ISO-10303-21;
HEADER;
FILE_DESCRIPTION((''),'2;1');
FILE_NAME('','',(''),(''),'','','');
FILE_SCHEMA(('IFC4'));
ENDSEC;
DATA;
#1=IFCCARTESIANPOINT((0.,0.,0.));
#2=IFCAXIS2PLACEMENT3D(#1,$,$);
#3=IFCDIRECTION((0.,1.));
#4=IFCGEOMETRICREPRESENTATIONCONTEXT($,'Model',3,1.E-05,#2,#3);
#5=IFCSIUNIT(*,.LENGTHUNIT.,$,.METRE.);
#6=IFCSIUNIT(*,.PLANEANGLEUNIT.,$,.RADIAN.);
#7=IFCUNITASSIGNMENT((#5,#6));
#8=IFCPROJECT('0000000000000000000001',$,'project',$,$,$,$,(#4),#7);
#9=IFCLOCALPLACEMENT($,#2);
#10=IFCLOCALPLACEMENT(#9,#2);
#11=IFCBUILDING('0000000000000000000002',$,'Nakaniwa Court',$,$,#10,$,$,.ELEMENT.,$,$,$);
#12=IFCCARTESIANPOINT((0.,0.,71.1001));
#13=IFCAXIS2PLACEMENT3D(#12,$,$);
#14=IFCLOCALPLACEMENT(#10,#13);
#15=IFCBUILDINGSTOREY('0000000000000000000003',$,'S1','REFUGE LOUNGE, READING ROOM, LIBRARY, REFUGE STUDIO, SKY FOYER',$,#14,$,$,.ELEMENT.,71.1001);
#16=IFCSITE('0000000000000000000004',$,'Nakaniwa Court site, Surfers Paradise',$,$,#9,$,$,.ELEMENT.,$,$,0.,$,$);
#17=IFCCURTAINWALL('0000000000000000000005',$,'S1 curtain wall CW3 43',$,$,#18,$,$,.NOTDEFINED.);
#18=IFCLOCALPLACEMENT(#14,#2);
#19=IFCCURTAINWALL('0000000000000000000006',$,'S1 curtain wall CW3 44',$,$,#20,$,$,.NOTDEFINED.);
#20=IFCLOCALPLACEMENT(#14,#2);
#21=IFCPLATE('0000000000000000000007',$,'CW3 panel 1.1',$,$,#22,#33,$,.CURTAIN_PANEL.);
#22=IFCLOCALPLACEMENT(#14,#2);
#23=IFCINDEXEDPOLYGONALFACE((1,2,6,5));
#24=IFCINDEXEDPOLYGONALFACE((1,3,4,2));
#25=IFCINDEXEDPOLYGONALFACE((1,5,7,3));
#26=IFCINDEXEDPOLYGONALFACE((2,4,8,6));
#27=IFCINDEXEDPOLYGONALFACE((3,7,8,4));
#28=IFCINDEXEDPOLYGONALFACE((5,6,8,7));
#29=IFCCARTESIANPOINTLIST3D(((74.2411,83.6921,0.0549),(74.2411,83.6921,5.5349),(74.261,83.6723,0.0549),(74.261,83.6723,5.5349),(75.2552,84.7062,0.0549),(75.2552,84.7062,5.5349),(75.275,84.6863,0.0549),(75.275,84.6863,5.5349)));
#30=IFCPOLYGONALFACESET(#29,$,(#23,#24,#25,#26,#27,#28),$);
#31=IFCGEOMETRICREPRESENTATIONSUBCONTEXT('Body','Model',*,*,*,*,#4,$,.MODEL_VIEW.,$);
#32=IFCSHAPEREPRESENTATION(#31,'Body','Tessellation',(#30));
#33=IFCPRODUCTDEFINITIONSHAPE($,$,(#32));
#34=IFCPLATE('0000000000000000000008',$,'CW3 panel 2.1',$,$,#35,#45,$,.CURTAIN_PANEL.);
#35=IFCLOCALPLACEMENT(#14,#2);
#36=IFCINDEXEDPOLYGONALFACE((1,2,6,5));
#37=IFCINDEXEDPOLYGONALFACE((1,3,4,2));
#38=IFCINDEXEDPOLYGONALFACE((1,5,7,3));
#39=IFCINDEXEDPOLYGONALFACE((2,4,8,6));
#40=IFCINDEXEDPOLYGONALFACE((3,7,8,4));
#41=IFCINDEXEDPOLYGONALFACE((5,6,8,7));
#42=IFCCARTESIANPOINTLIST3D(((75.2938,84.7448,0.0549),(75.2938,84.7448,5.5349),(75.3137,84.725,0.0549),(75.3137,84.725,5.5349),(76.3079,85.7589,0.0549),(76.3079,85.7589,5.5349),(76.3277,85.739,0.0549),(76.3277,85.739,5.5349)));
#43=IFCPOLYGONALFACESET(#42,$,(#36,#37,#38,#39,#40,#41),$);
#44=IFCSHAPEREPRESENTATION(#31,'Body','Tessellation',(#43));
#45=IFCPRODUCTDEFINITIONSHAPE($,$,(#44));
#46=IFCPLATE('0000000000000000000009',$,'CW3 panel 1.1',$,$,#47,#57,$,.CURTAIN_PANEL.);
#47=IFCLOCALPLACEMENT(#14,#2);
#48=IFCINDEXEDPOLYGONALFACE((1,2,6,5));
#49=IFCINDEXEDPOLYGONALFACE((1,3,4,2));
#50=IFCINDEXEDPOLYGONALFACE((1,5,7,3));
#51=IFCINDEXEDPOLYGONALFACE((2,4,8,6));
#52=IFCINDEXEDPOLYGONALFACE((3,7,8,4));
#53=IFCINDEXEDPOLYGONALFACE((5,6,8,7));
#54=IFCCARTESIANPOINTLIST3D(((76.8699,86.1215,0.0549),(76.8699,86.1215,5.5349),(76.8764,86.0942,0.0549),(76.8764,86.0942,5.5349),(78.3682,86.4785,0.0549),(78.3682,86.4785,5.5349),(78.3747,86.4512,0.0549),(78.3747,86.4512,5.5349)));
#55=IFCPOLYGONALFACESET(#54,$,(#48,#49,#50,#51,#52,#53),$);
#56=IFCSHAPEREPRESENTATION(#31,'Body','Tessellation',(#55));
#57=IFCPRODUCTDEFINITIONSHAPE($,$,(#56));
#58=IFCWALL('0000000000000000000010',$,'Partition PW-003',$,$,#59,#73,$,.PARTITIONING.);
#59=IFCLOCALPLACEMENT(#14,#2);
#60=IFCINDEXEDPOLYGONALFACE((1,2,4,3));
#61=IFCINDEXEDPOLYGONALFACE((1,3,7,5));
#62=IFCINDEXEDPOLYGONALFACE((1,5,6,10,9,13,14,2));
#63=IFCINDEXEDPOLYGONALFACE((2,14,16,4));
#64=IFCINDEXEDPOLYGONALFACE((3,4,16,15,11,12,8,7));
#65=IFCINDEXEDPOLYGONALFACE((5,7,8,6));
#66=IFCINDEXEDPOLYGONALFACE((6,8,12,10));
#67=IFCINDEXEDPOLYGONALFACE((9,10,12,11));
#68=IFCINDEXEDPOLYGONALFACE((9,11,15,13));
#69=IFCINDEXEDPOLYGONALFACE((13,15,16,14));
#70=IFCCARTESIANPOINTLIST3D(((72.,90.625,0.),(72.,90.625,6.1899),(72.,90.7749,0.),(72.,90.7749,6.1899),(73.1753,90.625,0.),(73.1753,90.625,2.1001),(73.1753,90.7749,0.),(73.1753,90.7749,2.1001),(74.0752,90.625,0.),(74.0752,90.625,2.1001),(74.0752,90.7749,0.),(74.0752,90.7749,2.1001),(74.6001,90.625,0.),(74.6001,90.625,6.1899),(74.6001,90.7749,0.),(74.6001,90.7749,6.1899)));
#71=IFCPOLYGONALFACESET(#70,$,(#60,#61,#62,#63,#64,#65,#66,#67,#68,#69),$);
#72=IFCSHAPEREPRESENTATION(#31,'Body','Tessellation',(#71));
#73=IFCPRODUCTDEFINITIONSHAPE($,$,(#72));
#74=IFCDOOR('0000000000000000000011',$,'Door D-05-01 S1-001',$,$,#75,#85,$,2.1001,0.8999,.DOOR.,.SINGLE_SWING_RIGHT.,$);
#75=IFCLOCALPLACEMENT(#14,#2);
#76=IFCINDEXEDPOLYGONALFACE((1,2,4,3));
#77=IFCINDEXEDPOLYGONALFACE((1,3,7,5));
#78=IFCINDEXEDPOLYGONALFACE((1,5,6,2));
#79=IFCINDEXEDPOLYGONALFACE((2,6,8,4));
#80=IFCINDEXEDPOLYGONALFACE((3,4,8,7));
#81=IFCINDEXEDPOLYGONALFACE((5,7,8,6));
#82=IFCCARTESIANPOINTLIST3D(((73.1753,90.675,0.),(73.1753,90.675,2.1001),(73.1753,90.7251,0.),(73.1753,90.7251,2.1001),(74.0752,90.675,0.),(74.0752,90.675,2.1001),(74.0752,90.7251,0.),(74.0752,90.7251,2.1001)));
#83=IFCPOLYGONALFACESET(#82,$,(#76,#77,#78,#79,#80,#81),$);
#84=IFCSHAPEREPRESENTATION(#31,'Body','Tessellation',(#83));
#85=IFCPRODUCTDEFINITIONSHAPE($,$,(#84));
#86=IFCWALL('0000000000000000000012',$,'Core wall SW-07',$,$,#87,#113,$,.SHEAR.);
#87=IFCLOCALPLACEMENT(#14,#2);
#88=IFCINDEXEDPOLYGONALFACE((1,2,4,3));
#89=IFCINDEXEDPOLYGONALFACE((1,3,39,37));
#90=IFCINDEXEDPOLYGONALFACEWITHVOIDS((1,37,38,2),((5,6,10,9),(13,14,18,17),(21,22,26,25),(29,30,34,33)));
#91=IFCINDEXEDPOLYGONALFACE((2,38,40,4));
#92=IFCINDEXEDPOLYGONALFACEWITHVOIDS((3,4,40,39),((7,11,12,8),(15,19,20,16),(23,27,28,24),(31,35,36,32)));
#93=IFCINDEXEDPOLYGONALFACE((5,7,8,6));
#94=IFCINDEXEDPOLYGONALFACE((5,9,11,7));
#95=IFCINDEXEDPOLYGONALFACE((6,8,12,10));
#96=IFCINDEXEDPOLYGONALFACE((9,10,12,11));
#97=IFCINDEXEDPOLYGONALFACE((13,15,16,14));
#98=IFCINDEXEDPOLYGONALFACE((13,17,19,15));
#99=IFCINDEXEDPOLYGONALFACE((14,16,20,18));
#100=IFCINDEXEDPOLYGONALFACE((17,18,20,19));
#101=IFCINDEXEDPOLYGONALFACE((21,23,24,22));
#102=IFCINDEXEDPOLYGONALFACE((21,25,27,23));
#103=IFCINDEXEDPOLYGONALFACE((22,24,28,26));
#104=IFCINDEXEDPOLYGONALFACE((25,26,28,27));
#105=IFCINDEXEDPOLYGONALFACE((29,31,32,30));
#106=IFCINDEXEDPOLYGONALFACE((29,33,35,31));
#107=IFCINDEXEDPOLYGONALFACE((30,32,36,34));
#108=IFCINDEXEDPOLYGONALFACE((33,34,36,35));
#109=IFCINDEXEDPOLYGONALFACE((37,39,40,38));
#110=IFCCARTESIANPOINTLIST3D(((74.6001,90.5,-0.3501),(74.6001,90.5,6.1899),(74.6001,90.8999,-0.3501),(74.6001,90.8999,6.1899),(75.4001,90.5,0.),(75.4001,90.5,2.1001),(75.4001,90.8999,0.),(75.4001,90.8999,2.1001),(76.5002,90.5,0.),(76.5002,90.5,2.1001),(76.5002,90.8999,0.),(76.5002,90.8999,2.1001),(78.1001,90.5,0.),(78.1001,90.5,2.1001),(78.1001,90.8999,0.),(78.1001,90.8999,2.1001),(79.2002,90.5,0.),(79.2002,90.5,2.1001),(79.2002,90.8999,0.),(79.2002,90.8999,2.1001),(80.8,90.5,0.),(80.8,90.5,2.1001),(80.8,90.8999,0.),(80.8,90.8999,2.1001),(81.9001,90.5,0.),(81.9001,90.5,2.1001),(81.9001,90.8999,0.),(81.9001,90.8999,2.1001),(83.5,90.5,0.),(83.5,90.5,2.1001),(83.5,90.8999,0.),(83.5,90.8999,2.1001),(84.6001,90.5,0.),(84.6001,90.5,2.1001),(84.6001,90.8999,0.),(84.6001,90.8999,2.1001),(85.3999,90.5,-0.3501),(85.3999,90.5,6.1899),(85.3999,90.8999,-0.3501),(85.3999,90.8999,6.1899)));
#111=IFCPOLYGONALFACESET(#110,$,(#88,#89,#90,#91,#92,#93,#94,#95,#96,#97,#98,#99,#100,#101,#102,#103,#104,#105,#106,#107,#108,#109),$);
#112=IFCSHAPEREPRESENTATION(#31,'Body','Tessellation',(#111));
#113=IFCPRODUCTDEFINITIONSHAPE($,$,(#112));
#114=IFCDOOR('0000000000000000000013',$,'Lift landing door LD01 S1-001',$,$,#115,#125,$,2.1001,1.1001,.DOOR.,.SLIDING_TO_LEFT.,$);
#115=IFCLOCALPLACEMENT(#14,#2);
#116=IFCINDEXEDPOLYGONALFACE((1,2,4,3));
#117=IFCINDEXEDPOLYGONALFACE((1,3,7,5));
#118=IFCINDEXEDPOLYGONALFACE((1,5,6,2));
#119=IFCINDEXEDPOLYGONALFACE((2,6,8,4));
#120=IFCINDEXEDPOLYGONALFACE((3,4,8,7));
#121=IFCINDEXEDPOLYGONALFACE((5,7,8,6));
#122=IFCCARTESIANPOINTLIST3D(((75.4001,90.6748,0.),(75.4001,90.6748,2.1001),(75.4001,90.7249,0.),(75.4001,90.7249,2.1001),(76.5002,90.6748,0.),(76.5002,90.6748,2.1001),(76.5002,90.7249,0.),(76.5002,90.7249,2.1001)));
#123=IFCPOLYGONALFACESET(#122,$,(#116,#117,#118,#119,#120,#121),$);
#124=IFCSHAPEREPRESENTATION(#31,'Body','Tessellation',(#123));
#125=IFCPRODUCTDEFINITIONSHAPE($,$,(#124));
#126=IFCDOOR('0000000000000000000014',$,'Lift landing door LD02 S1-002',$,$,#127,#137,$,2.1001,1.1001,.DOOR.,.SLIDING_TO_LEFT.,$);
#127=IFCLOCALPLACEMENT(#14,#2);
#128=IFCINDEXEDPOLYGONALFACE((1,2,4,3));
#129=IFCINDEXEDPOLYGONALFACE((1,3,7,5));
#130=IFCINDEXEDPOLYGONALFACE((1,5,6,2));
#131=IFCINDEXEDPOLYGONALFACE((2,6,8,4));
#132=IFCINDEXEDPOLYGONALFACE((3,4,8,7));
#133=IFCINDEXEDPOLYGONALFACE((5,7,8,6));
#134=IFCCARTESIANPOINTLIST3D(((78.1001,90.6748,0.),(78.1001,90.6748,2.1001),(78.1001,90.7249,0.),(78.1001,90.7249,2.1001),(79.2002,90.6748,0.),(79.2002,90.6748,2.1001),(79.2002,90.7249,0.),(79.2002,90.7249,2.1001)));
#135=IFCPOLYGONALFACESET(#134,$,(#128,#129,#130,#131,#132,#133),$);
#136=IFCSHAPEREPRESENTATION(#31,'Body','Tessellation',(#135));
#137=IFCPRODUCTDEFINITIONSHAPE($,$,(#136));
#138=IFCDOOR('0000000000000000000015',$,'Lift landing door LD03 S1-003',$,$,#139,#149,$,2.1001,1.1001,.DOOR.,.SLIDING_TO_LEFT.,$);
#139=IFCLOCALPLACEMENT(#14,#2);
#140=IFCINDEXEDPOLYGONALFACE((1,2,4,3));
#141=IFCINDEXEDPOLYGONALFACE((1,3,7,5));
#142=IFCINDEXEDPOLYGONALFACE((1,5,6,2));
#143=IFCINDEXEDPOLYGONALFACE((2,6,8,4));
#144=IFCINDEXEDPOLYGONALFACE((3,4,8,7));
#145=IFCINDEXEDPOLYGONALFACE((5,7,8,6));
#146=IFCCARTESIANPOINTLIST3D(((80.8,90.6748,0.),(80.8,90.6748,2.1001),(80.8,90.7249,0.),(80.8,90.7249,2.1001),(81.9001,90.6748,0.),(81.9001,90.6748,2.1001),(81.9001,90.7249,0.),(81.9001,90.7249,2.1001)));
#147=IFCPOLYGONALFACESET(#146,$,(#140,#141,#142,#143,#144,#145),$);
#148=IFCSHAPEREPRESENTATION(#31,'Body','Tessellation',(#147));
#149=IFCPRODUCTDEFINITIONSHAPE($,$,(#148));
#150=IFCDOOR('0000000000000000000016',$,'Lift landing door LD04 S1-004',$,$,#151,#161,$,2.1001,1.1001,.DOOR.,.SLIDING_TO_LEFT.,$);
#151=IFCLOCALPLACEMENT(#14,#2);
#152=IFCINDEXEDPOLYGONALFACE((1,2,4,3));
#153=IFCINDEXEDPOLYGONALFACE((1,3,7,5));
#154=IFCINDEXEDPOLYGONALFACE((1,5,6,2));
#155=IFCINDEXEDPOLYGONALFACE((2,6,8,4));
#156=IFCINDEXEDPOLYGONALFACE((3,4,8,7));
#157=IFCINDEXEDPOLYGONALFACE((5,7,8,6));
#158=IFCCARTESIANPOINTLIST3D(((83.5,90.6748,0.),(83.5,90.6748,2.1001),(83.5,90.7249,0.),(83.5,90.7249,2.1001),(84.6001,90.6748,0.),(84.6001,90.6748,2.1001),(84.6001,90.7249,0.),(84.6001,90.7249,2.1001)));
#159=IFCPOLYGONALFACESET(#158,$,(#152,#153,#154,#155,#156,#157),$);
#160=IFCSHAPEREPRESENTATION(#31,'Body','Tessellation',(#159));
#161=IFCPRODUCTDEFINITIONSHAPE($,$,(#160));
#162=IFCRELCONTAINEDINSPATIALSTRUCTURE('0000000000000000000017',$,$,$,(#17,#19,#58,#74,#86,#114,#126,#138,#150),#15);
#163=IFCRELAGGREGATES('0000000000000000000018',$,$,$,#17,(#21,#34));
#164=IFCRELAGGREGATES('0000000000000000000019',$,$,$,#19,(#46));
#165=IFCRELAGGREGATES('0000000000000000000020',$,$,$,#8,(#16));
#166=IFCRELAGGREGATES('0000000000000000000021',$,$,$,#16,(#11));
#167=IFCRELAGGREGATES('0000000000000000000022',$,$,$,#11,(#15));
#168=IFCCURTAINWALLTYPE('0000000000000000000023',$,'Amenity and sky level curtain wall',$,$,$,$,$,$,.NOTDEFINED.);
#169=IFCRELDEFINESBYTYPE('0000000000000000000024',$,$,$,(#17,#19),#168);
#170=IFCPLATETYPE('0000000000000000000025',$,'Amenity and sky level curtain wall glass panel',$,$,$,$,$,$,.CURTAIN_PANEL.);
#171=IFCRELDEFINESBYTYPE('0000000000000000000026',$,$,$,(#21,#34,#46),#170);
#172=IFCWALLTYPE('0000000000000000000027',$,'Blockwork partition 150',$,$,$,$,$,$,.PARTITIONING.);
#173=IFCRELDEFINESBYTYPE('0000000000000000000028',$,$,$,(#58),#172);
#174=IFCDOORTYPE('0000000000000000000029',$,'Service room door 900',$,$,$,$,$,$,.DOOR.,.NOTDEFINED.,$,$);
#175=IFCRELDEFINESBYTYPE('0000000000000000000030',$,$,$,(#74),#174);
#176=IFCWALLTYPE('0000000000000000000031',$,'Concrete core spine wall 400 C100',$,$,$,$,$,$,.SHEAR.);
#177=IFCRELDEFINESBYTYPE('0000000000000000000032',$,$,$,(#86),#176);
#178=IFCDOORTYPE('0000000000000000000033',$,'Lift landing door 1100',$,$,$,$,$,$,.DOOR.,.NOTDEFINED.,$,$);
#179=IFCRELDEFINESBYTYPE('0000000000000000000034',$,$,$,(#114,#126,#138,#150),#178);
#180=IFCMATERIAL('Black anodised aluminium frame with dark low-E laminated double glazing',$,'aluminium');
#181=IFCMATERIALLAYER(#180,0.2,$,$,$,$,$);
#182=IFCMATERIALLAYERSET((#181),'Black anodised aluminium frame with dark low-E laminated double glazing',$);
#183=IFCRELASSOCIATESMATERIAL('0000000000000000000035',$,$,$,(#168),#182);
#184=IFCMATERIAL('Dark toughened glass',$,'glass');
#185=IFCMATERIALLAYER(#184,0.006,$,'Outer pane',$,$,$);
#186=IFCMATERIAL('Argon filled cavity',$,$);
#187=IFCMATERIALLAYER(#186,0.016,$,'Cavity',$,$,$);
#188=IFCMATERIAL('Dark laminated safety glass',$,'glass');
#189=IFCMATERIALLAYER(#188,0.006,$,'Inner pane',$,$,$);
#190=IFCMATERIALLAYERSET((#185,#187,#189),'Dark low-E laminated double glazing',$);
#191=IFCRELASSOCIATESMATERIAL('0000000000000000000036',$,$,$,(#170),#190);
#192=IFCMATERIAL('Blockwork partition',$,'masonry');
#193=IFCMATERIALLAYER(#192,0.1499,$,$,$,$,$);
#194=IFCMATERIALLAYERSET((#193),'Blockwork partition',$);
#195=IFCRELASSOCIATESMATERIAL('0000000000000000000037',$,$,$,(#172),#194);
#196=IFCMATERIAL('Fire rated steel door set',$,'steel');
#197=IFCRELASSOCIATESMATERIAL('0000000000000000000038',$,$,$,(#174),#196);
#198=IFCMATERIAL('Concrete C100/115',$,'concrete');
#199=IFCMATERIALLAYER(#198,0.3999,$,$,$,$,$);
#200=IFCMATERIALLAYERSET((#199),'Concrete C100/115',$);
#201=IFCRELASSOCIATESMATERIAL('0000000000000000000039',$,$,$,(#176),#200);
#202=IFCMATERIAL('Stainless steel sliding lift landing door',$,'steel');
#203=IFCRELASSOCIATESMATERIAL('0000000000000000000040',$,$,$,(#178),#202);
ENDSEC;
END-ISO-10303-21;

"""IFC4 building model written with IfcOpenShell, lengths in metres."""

from ifc_helpers import new_model, si_unit, direction, frame, frame_2d, origin, origin_2d, place, context, subcontext, project, spatial, rectangle, extrude, material, layer, layer_set, type_object, element, fill, aggregate, save


model = new_model("IFC4")

# Units and contexts
model_context = context("Model", 3, precision=1e-05, world=origin(), true_north=direction((0.0, 1.0)))
body_context = subcontext(model_context, "Body", "Model", "MODEL_VIEW")
ifc_project = project(units=[si_unit("LENGTHUNIT", "METRE"), si_unit("PLANEANGLEUNIT", "RADIAN")], contexts=[model_context])

# Site, building, storey
site_placement = place(None, origin())
site = spatial("IfcSite", under=ifc_project, at=site_placement, Name="Nakaniwa Court site, Surfers Paradise", CompositionType="ELEMENT", RefElevation=0.0)
building_placement = place(site_placement, origin())
building = spatial("IfcBuilding", under=site, at=building_placement, Name="Nakaniwa Court", CompositionType="ELEMENT")
storey_placement = place(building_placement, frame((0.0, 0.0, 71.1001)))
storey = spatial("IfcBuildingStorey", under=building, at=storey_placement, Name="S1", Description="REFUGE LOUNGE, READING ROOM, LIBRARY, REFUGE STUDIO, SKY FOYER", CompositionType="ELEMENT", Elevation=71.1001)

# Shared definitions
ifc_material_1 = material(Name="Black anodised aluminium frame with dark low-E laminated double glazing", Category="aluminium")
ifc_layer_1 = layer(ifc_material_1, 0.2)
ifc_layer_set_1 = layer_set([ifc_layer_1], Name="Black anodised aluminium frame with dark low-E laminated double glazing")
curtain_wall_type = type_object("IfcCurtainWallType", Name="Amenity and sky level curtain wall", PredefinedType="NOTDEFINED", material=ifc_layer_set_1)

# Curtain wall
curtain_wall_1_placement = place(storey_placement, origin())
curtain_wall_1 = element("IfcCurtainWall", 1, at=curtain_wall_1_placement, inside=storey, type_object=curtain_wall_type, Name="S1 curtain wall CW3 43", PredefinedType="NOTDEFINED")

# Curtain wall
curtain_wall_2_placement = place(storey_placement, origin())
curtain_wall_2 = element("IfcCurtainWall", 2, at=curtain_wall_2_placement, inside=storey, type_object=curtain_wall_type, Name="S1 curtain wall CW3 44", PredefinedType="NOTDEFINED")

# Plates
ifc_material_2 = material(Name="Dark toughened glass", Category="glass")
ifc_layer_2 = layer(ifc_material_2, 0.006, Name="Outer pane")
ifc_material_3 = material(Name="Argon filled cavity")
ifc_layer_3 = layer(ifc_material_3, 0.016, Name="Cavity")
ifc_material_4 = material(Name="Dark laminated safety glass", Category="glass")
ifc_layer_4 = layer(ifc_material_4, 0.006, Name="Inner pane")
ifc_layer_set_2 = layer_set([ifc_layer_2, ifc_layer_3, ifc_layer_4], Name="Dark low-E laminated double glazing")
plate_type = type_object("IfcPlateType", Name="Amenity and sky level curtain wall glass panel", PredefinedType="CURTAIN_PANEL", material=ifc_layer_set_2)
plate_1_placement = place(storey_placement, frame((74.7581, 84.1892, 0.0549), z_axis=(0.0, 0.0, 1.0), x_axis=(0.707107, 0.707107, 0.0)))
plate_1 = element("IfcPlate", 3, at=plate_1_placement, type_object=plate_type, Name="CW3 panel 1.1", PredefinedType="CURTAIN_PANEL", context=body_context, shape_type="SweptSolid", body=[
    extrude(rectangle(XDim=1.4341, YDim=0.0281, at=origin_2d()), origin(), (0.0, 0.0, 1.0), 5.48),
])
plate_2_placement = place(storey_placement, frame((75.8108, 85.2419, 0.0549), z_axis=(0.0, 0.0, 1.0), x_axis=(0.707107, 0.707107, 0.0)))
plate_2 = element("IfcPlate", 4, at=plate_2_placement, type_object=plate_type, Name="CW3 panel 2.1", PredefinedType="CURTAIN_PANEL", context=body_context, shape_type="SweptSolid", body=[
    extrude(rectangle(XDim=1.4341, YDim=0.0281, at=origin_2d()), origin(), (0.0, 0.0, 1.0), 5.48),
])
aggregate(curtain_wall_1, [plate_1, plate_2])
plate_3_placement = place(storey_placement, frame((77.6223, 86.2864, 0.0549), z_axis=(0.0, 0.0, 1.0), x_axis=(0.972766, 0.231791, 0.0)))
plate_3 = element("IfcPlate", 5, at=plate_3_placement, type_object=plate_type, Name="CW3 panel 1.1", PredefinedType="CURTAIN_PANEL", context=body_context, shape_type="SweptSolid", body=[
    extrude(rectangle(XDim=1.5403, YDim=0.0281, at=origin_2d()), origin(), (0.0, 0.0, 1.0), 5.48),
])
aggregate(curtain_wall_2, [plate_3])

# Wall, opening, door
ifc_material_5 = material(Name="Blockwork partition", Category="masonry")
ifc_layer_5 = layer(ifc_material_5, 0.1499)
ifc_layer_set_3 = layer_set([ifc_layer_5], Name="Blockwork partition")
wall_type_1 = type_object("IfcWallType", Name="Blockwork partition 150", PredefinedType="PARTITIONING", material=ifc_layer_set_3)
wall_1_placement = place(storey_placement, frame((74.6001, 90.7, 0.0), z_axis=(0.0, 0.0, 1.0), x_axis=(-1.0, 0.0, 0.0)))
wall_1 = element("IfcWall", 6, at=wall_1_placement, inside=storey, type_object=wall_type_1, Name="Partition PW-003", PredefinedType="PARTITIONING", context=body_context, shape_type="SweptSolid", body=[
    extrude(rectangle(XDim=2.6001, YDim=0.1499, at=frame_2d((1.3, 0.0))), origin(), (0.0, 0.0, 1.0), 6.1899),
])
opening_1_placement = place(wall_1_placement, frame((0.5249, 0.0, 0.0)))
opening_1 = element("IfcOpeningElement", 7, at=opening_1_placement, cuts=wall_1, PredefinedType="OPENING", context=body_context, shape_type="SweptSolid", body=[
    extrude(rectangle(XDim=0.8999, YDim=2.1001, at=frame_2d((0.45, 1.05))), frame((0.0, 0.085, 0.0), z_axis=(0.0, -1.0, 0.0), x_axis=(1.0, 0.0, 0.0)), (0.0, 0.0, 1.0), 0.1699),
])
ifc_material_6 = material(Name="Fire rated steel door set", Category="steel")
door_type_1 = type_object("IfcDoorType", Name="Service room door 900", OperationType="NOTDEFINED", PredefinedType="DOOR", material=ifc_material_6)
door_1_placement = place(opening_1_placement, origin())
door_1 = element("IfcDoor", 8, at=door_1_placement, inside=storey, type_object=door_type_1, Name="Door D-05-01 S1-001", OperationType="SINGLE_SWING_RIGHT", OverallHeight=2.1001, OverallWidth=0.8999, PredefinedType="DOOR", context=body_context, shape_type="SweptSolid", body=[
    extrude(rectangle(XDim=0.8999, YDim=2.1001, at=frame_2d((0.45, 1.05))), frame((0.0, 0.0249, 0.0), z_axis=(0.0, -1.0, 0.0), x_axis=(1.0, 0.0, 0.0)), (0.0, 0.0, 1.0), 0.05),
])
fill(opening_1, door_1)

# Wall, openings, doors
ifc_material_7 = material(Name="Concrete C100/115", Category="concrete")
ifc_layer_6 = layer(ifc_material_7, 0.3999)
ifc_layer_set_4 = layer_set([ifc_layer_6], Name="Concrete C100/115")
wall_type_2 = type_object("IfcWallType", Name="Concrete core spine wall 400 C100", PredefinedType="SHEAR", material=ifc_layer_set_4)
wall_2_placement = place(storey_placement, frame((74.6001, 90.7, -0.3501), z_axis=(0.0, 0.0, 1.0), x_axis=(1.0, 0.0, 0.0)))
wall_2 = element("IfcWall", 9, at=wall_2_placement, inside=storey, type_object=wall_type_2, Name="Core wall SW-07", PredefinedType="SHEAR", context=body_context, shape_type="SweptSolid", body=[
    extrude(rectangle(XDim=10.7998, YDim=0.3999, at=frame_2d((5.3999, 0.0))), origin(), (0.0, 0.0, 1.0), 6.54),
])
opening_2_placement = place(wall_2_placement, frame((0.8, 0.0, 0.3501)))
opening_2 = element("IfcOpeningElement", 10, at=opening_2_placement, cuts=wall_2, PredefinedType="OPENING", context=body_context, shape_type="SweptSolid", body=[
    extrude(rectangle(XDim=1.1001, YDim=2.1001, at=frame_2d((0.55, 1.05))), frame((0.0, 0.21, 0.0), z_axis=(0.0, -1.0, 0.0), x_axis=(1.0, 0.0, 0.0)), (0.0, 0.0, 1.0), 0.4199),
])
opening_3_placement = place(wall_2_placement, frame((3.5, 0.0, 0.3501)))
opening_3 = element("IfcOpeningElement", 11, at=opening_3_placement, cuts=wall_2, PredefinedType="OPENING", context=body_context, shape_type="SweptSolid", body=[
    extrude(rectangle(XDim=1.1001, YDim=2.1001, at=frame_2d((0.55, 1.05))), frame((0.0, 0.21, 0.0), z_axis=(0.0, -1.0, 0.0), x_axis=(1.0, 0.0, 0.0)), (0.0, 0.0, 1.0), 0.4199),
])
opening_4_placement = place(wall_2_placement, frame((6.2, 0.0, 0.3501)))
opening_4 = element("IfcOpeningElement", 12, at=opening_4_placement, cuts=wall_2, PredefinedType="OPENING", context=body_context, shape_type="SweptSolid", body=[
    extrude(rectangle(XDim=1.1001, YDim=2.1001, at=frame_2d((0.55, 1.05))), frame((0.0, 0.21, 0.0), z_axis=(0.0, -1.0, 0.0), x_axis=(1.0, 0.0, 0.0)), (0.0, 0.0, 1.0), 0.4199),
])
opening_5_placement = place(wall_2_placement, frame((8.8999, 0.0, 0.3501)))
opening_5 = element("IfcOpeningElement", 13, at=opening_5_placement, cuts=wall_2, PredefinedType="OPENING", context=body_context, shape_type="SweptSolid", body=[
    extrude(rectangle(XDim=1.1001, YDim=2.1001, at=frame_2d((0.55, 1.05))), frame((0.0, 0.21, 0.0), z_axis=(0.0, -1.0, 0.0), x_axis=(1.0, 0.0, 0.0)), (0.0, 0.0, 1.0), 0.4199),
])
ifc_material_8 = material(Name="Stainless steel sliding lift landing door", Category="steel")
door_type_2 = type_object("IfcDoorType", Name="Lift landing door 1100", OperationType="NOTDEFINED", PredefinedType="DOOR", material=ifc_material_8)
door_2_placement = place(opening_2_placement, origin())
door_2 = element("IfcDoor", 14, at=door_2_placement, inside=storey, type_object=door_type_2, Name="Lift landing door LD01 S1-001", OperationType="SLIDING_TO_LEFT", OverallHeight=2.1001, OverallWidth=1.1001, PredefinedType="DOOR", context=body_context, shape_type="SweptSolid", body=[
    extrude(rectangle(XDim=1.1001, YDim=2.1001, at=frame_2d((0.55, 1.05))), frame((0.0, 0.0249, 0.0), z_axis=(0.0, -1.0, 0.0), x_axis=(1.0, 0.0, 0.0)), (0.0, 0.0, 1.0), 0.05),
])
fill(opening_2, door_2)
door_3_placement = place(opening_3_placement, origin())
door_3 = element("IfcDoor", 15, at=door_3_placement, inside=storey, type_object=door_type_2, Name="Lift landing door LD02 S1-002", OperationType="SLIDING_TO_LEFT", OverallHeight=2.1001, OverallWidth=1.1001, PredefinedType="DOOR", context=body_context, shape_type="SweptSolid", body=[
    extrude(rectangle(XDim=1.1001, YDim=2.1001, at=frame_2d((0.55, 1.05))), frame((0.0, 0.0249, 0.0), z_axis=(0.0, -1.0, 0.0), x_axis=(1.0, 0.0, 0.0)), (0.0, 0.0, 1.0), 0.05),
])
fill(opening_3, door_3)
door_4_placement = place(opening_4_placement, origin())
door_4 = element("IfcDoor", 16, at=door_4_placement, inside=storey, type_object=door_type_2, Name="Lift landing door LD03 S1-003", OperationType="SLIDING_TO_LEFT", OverallHeight=2.1001, OverallWidth=1.1001, PredefinedType="DOOR", context=body_context, shape_type="SweptSolid", body=[
    extrude(rectangle(XDim=1.1001, YDim=2.1001, at=frame_2d((0.55, 1.05))), frame((0.0, 0.0249, 0.0), z_axis=(0.0, -1.0, 0.0), x_axis=(1.0, 0.0, 0.0)), (0.0, 0.0, 1.0), 0.05),
])
fill(opening_4, door_4)
door_5_placement = place(opening_5_placement, origin())
door_5 = element("IfcDoor", 17, at=door_5_placement, inside=storey, type_object=door_type_2, Name="Lift landing door LD04 S1-004", OperationType="SLIDING_TO_LEFT", OverallHeight=2.1001, OverallWidth=1.1001, PredefinedType="DOOR", context=body_context, shape_type="SweptSolid", body=[
    extrude(rectangle(XDim=1.1001, YDim=2.1001, at=frame_2d((0.55, 1.05))), frame((0.0, 0.0249, 0.0), z_axis=(0.0, -1.0, 0.0), x_axis=(1.0, 0.0, 0.0)), (0.0, 0.0, 1.0), 0.05),
])
fill(opening_5, door_5)

save(model, "model.ifc")
